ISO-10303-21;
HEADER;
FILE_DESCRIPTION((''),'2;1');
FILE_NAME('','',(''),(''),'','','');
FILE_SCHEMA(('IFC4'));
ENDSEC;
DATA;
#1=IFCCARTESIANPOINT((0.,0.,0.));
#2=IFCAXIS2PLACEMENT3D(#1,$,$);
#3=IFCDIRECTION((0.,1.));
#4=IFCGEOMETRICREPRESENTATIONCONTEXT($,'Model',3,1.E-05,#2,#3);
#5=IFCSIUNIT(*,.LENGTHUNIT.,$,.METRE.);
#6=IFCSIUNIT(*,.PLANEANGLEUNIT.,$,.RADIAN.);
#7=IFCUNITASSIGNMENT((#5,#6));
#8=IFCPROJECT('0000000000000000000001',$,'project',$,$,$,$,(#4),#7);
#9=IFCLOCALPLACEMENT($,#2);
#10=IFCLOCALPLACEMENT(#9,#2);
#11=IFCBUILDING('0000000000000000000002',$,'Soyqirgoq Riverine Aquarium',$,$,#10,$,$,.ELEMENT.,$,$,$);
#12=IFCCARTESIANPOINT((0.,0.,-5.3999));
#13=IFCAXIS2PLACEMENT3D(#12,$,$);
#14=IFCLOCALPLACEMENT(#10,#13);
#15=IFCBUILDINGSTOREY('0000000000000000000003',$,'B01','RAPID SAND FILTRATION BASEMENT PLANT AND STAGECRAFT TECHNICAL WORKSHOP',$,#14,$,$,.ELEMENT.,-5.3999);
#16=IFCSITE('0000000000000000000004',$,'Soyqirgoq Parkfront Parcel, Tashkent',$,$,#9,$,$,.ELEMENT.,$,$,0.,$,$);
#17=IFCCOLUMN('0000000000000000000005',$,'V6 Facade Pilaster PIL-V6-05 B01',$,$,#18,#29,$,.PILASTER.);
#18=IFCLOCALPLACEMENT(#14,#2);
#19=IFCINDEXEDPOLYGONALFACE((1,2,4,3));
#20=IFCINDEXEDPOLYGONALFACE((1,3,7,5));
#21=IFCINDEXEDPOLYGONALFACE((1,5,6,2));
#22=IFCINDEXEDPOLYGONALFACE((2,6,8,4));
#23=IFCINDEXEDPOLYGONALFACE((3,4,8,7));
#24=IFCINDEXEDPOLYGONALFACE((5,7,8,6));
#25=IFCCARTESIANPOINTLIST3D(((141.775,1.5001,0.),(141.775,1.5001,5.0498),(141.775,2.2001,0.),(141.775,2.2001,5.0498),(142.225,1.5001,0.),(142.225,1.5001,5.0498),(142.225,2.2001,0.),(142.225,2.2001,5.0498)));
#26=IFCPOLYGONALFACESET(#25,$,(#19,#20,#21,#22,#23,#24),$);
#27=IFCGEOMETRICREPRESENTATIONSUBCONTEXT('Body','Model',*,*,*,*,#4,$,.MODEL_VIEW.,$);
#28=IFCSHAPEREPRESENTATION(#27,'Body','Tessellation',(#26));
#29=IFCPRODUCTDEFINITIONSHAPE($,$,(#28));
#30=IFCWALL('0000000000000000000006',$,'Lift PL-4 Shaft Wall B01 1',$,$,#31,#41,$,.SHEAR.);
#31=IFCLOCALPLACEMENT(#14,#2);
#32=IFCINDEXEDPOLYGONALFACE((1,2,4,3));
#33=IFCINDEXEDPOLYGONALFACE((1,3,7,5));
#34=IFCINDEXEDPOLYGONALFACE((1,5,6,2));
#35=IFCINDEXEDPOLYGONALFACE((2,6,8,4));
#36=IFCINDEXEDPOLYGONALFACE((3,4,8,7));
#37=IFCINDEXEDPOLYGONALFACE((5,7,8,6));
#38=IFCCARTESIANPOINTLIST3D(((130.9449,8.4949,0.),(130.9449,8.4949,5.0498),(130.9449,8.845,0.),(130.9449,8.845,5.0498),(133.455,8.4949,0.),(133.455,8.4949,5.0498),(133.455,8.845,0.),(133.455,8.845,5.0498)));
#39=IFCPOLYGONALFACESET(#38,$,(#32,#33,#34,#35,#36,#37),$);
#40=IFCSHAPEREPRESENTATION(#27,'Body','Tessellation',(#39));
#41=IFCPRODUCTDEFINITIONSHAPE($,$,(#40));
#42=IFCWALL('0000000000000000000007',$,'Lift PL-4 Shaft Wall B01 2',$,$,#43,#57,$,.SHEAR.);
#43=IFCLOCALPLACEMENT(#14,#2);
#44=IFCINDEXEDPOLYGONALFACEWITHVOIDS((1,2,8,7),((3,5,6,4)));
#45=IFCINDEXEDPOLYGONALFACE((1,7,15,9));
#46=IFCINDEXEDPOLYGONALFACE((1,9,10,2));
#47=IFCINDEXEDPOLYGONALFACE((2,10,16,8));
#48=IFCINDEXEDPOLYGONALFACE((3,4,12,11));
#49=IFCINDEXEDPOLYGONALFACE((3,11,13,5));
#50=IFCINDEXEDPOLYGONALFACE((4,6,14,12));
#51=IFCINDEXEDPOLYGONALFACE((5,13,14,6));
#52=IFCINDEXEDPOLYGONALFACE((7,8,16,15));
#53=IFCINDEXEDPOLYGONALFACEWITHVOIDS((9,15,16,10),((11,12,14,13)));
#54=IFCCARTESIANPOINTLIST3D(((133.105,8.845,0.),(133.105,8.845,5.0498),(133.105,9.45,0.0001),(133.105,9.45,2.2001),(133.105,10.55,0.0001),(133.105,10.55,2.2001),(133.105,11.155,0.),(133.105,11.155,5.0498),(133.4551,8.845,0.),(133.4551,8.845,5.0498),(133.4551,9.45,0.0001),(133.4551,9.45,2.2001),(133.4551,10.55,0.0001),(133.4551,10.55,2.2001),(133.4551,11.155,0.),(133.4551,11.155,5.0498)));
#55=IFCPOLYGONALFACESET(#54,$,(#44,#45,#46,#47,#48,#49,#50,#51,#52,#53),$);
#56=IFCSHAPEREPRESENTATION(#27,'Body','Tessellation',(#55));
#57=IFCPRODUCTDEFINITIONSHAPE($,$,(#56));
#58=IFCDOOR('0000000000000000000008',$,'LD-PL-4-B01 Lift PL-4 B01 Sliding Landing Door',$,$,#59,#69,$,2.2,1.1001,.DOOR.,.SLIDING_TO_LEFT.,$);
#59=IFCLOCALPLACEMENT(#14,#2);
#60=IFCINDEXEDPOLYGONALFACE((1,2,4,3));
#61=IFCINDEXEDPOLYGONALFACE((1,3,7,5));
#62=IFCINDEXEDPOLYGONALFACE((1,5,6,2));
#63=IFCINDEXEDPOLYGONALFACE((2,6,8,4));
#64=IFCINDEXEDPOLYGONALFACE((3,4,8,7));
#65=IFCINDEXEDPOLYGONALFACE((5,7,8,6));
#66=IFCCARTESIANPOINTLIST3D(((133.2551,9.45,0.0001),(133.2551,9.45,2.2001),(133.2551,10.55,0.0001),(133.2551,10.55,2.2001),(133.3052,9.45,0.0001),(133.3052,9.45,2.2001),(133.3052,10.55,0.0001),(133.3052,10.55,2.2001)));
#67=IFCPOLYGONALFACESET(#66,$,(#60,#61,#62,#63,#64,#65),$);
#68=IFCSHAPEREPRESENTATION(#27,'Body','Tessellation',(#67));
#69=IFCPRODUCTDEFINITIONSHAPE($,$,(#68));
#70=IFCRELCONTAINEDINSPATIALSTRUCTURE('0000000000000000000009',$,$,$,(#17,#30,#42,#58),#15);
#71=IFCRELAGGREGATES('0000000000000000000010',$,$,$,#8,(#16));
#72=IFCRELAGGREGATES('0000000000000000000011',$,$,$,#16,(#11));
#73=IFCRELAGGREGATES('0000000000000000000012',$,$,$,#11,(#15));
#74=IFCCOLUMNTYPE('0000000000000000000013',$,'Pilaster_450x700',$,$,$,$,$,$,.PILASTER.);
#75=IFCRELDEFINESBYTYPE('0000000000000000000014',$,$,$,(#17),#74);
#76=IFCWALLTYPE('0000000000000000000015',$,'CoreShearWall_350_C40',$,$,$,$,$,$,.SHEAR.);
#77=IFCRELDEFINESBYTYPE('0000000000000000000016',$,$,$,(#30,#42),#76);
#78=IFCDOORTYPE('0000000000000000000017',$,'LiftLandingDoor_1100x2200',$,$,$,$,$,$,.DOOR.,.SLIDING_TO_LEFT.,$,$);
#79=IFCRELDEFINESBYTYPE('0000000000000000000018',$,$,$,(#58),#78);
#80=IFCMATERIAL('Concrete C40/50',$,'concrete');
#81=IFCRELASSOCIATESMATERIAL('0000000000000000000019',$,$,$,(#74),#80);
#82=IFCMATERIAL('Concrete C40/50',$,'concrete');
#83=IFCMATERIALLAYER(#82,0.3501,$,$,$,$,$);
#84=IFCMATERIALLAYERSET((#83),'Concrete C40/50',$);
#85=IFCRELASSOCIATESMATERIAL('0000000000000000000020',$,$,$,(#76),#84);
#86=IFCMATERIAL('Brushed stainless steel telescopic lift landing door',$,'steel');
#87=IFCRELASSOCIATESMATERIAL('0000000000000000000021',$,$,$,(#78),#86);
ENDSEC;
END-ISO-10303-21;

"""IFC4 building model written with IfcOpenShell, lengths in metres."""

from ifc_helpers import new_model, si_unit, direction, frame, frame_2d, origin, origin_2d, place, context, subcontext, project, spatial, rectangle, extrude, material, layer, layer_set, material_profile, profile_set, type_object, element, fill, save


model = new_model("IFC4")

# Units and contexts
model_context = context("Model", 3, precision=1e-05, world=origin(), true_north=direction((0.0, 1.0)))
body_context = subcontext(model_context, "Body", "Model", "MODEL_VIEW")
ifc_project = project(units=[si_unit("LENGTHUNIT", "METRE"), si_unit("PLANEANGLEUNIT", "RADIAN")], contexts=[model_context])

# Site, building, storey
site_placement = place(None, origin())
site = spatial("IfcSite", under=ifc_project, at=site_placement, Name="Soyqirgoq Parkfront Parcel, Tashkent", CompositionType="ELEMENT", RefElevation=0.0)
building_placement = place(site_placement, origin())
building = spatial("IfcBuilding", under=site, at=building_placement, Name="Soyqirgoq Riverine Aquarium", CompositionType="ELEMENT")
storey_placement = place(building_placement, frame((0.0, 0.0, -5.3999)))
storey = spatial("IfcBuildingStorey", under=building, at=storey_placement, Name="B01", Description="RAPID SAND FILTRATION BASEMENT PLANT AND STAGECRAFT TECHNICAL WORKSHOP", CompositionType="ELEMENT", Elevation=-5.3999)

# Column
ifc_material_1 = material(Name="Concrete C40/50", Category="concrete")
ifc_material_profile_1 = material_profile(ifc_material_1, rectangle(XDim=0.45, YDim=0.7, at=origin_2d()), Name="RC-PIL 450x700")
ifc_profile_set_1 = profile_set([ifc_material_profile_1], Name="Concrete C40/50")
column_type_1 = type_object("IfcColumnType", Name="Pilaster_450x700", PredefinedType="PILASTER", material=ifc_profile_set_1)
for number, where, z_axis, x_axis, name in (
    (1, (142.0, 1.8501, 0.0), (0.0, 0.0, 1.0), (1.0, 0.0, 0.0), "V6 Facade Pilaster PIL-V6-05 B01"),
):
    element("IfcColumn", number, at=place(storey_placement, frame(where, z_axis=z_axis, x_axis=x_axis)), inside=storey, type_object=column_type_1, Name=name, PredefinedType="PILASTER", context=body_context, shape_type="SweptSolid", body=[
        extrude(rectangle(XDim=0.45, YDim=0.7, at=origin_2d()), origin(), (0.0, 0.0, 1.0), 5.0498),
    ])

# Wall
ifc_material_2 = material(Name="Concrete C40/50", Category="concrete")
ifc_layer = layer(ifc_material_2, 0.3501)
ifc_layer_set = layer_set([ifc_layer], Name="Concrete C40/50")
wall_type = type_object("IfcWallType", Name="CoreShearWall_350_C40", PredefinedType="SHEAR", material=ifc_layer_set)
wall_1_placement = place(storey_placement, frame((130.9451, 8.6699, 0.0), z_axis=(0.0, 0.0, 1.0), x_axis=(1.0, 0.0, 0.0)))
element("IfcWall", 2, at=wall_1_placement, inside=storey, type_object=wall_type, Name="Lift PL-4 Shaft Wall B01 1", PredefinedType="SHEAR", context=body_context, shape_type="SweptSolid", body=[
    extrude(rectangle(XDim=2.51, YDim=0.3501, at=frame_2d((1.2549, 0.0))), origin(), (0.0, 0.0, 1.0), 5.0498),
])

# Wall, opening, door
wall_2_placement = place(storey_placement, frame((133.28, 8.845, 0.0), z_axis=(0.0, 0.0, 1.0), x_axis=(0.0, 1.0, 0.0)))
wall_2 = element("IfcWall", 3, at=wall_2_placement, inside=storey, type_object=wall_type, Name="Lift PL-4 Shaft Wall B01 2", PredefinedType="SHEAR", context=body_context, shape_type="SweptSolid", body=[
    extrude(rectangle(XDim=2.3101, YDim=0.3501, at=frame_2d((1.155, 0.0))), origin(), (0.0, 0.0, 1.0), 5.0498),
])
opening_placement = place(wall_2_placement, frame((0.605, 0.0, 0.0)))
opening = element("IfcOpeningElement", 4, at=opening_placement, cuts=wall_2, PredefinedType="OPENING", context=body_context, shape_type="SweptSolid", body=[
    extrude(rectangle(XDim=1.1001, YDim=2.2, at=frame_2d((0.55, 1.1001))), frame((0.0, 0.1851, 0.0), z_axis=(0.0, -1.0, 0.0), x_axis=(1.0, 0.0, 0.0)), (0.0, 0.0, 1.0), 0.3701),
])
ifc_material_3 = material(Name="Brushed stainless steel telescopic lift landing door", Category="steel")
door_type = type_object("IfcDoorType", Name="LiftLandingDoor_1100x2200", OperationType="SLIDING_TO_LEFT", PredefinedType="DOOR", material=ifc_material_3)
door_placement = place(opening_placement, origin())
door = element("IfcDoor", 5, at=door_placement, inside=storey, type_object=door_type, Name="LD-PL-4-B01 Lift PL-4 B01 Sliding Landing Door", OperationType="SLIDING_TO_LEFT", OverallHeight=2.2, OverallWidth=1.1001, PredefinedType="DOOR", context=body_context, shape_type="SweptSolid", body=[
    extrude(rectangle(XDim=1.1001, YDim=2.2, at=frame_2d((0.55, 1.1001))), frame((0.0, 0.0249, 0.0), z_axis=(0.0, -1.0, 0.0), x_axis=(1.0, 0.0, 0.0)), (0.0, 0.0, 1.0), 0.05),
])
fill(opening, door)

save(model, "model.ifc")
